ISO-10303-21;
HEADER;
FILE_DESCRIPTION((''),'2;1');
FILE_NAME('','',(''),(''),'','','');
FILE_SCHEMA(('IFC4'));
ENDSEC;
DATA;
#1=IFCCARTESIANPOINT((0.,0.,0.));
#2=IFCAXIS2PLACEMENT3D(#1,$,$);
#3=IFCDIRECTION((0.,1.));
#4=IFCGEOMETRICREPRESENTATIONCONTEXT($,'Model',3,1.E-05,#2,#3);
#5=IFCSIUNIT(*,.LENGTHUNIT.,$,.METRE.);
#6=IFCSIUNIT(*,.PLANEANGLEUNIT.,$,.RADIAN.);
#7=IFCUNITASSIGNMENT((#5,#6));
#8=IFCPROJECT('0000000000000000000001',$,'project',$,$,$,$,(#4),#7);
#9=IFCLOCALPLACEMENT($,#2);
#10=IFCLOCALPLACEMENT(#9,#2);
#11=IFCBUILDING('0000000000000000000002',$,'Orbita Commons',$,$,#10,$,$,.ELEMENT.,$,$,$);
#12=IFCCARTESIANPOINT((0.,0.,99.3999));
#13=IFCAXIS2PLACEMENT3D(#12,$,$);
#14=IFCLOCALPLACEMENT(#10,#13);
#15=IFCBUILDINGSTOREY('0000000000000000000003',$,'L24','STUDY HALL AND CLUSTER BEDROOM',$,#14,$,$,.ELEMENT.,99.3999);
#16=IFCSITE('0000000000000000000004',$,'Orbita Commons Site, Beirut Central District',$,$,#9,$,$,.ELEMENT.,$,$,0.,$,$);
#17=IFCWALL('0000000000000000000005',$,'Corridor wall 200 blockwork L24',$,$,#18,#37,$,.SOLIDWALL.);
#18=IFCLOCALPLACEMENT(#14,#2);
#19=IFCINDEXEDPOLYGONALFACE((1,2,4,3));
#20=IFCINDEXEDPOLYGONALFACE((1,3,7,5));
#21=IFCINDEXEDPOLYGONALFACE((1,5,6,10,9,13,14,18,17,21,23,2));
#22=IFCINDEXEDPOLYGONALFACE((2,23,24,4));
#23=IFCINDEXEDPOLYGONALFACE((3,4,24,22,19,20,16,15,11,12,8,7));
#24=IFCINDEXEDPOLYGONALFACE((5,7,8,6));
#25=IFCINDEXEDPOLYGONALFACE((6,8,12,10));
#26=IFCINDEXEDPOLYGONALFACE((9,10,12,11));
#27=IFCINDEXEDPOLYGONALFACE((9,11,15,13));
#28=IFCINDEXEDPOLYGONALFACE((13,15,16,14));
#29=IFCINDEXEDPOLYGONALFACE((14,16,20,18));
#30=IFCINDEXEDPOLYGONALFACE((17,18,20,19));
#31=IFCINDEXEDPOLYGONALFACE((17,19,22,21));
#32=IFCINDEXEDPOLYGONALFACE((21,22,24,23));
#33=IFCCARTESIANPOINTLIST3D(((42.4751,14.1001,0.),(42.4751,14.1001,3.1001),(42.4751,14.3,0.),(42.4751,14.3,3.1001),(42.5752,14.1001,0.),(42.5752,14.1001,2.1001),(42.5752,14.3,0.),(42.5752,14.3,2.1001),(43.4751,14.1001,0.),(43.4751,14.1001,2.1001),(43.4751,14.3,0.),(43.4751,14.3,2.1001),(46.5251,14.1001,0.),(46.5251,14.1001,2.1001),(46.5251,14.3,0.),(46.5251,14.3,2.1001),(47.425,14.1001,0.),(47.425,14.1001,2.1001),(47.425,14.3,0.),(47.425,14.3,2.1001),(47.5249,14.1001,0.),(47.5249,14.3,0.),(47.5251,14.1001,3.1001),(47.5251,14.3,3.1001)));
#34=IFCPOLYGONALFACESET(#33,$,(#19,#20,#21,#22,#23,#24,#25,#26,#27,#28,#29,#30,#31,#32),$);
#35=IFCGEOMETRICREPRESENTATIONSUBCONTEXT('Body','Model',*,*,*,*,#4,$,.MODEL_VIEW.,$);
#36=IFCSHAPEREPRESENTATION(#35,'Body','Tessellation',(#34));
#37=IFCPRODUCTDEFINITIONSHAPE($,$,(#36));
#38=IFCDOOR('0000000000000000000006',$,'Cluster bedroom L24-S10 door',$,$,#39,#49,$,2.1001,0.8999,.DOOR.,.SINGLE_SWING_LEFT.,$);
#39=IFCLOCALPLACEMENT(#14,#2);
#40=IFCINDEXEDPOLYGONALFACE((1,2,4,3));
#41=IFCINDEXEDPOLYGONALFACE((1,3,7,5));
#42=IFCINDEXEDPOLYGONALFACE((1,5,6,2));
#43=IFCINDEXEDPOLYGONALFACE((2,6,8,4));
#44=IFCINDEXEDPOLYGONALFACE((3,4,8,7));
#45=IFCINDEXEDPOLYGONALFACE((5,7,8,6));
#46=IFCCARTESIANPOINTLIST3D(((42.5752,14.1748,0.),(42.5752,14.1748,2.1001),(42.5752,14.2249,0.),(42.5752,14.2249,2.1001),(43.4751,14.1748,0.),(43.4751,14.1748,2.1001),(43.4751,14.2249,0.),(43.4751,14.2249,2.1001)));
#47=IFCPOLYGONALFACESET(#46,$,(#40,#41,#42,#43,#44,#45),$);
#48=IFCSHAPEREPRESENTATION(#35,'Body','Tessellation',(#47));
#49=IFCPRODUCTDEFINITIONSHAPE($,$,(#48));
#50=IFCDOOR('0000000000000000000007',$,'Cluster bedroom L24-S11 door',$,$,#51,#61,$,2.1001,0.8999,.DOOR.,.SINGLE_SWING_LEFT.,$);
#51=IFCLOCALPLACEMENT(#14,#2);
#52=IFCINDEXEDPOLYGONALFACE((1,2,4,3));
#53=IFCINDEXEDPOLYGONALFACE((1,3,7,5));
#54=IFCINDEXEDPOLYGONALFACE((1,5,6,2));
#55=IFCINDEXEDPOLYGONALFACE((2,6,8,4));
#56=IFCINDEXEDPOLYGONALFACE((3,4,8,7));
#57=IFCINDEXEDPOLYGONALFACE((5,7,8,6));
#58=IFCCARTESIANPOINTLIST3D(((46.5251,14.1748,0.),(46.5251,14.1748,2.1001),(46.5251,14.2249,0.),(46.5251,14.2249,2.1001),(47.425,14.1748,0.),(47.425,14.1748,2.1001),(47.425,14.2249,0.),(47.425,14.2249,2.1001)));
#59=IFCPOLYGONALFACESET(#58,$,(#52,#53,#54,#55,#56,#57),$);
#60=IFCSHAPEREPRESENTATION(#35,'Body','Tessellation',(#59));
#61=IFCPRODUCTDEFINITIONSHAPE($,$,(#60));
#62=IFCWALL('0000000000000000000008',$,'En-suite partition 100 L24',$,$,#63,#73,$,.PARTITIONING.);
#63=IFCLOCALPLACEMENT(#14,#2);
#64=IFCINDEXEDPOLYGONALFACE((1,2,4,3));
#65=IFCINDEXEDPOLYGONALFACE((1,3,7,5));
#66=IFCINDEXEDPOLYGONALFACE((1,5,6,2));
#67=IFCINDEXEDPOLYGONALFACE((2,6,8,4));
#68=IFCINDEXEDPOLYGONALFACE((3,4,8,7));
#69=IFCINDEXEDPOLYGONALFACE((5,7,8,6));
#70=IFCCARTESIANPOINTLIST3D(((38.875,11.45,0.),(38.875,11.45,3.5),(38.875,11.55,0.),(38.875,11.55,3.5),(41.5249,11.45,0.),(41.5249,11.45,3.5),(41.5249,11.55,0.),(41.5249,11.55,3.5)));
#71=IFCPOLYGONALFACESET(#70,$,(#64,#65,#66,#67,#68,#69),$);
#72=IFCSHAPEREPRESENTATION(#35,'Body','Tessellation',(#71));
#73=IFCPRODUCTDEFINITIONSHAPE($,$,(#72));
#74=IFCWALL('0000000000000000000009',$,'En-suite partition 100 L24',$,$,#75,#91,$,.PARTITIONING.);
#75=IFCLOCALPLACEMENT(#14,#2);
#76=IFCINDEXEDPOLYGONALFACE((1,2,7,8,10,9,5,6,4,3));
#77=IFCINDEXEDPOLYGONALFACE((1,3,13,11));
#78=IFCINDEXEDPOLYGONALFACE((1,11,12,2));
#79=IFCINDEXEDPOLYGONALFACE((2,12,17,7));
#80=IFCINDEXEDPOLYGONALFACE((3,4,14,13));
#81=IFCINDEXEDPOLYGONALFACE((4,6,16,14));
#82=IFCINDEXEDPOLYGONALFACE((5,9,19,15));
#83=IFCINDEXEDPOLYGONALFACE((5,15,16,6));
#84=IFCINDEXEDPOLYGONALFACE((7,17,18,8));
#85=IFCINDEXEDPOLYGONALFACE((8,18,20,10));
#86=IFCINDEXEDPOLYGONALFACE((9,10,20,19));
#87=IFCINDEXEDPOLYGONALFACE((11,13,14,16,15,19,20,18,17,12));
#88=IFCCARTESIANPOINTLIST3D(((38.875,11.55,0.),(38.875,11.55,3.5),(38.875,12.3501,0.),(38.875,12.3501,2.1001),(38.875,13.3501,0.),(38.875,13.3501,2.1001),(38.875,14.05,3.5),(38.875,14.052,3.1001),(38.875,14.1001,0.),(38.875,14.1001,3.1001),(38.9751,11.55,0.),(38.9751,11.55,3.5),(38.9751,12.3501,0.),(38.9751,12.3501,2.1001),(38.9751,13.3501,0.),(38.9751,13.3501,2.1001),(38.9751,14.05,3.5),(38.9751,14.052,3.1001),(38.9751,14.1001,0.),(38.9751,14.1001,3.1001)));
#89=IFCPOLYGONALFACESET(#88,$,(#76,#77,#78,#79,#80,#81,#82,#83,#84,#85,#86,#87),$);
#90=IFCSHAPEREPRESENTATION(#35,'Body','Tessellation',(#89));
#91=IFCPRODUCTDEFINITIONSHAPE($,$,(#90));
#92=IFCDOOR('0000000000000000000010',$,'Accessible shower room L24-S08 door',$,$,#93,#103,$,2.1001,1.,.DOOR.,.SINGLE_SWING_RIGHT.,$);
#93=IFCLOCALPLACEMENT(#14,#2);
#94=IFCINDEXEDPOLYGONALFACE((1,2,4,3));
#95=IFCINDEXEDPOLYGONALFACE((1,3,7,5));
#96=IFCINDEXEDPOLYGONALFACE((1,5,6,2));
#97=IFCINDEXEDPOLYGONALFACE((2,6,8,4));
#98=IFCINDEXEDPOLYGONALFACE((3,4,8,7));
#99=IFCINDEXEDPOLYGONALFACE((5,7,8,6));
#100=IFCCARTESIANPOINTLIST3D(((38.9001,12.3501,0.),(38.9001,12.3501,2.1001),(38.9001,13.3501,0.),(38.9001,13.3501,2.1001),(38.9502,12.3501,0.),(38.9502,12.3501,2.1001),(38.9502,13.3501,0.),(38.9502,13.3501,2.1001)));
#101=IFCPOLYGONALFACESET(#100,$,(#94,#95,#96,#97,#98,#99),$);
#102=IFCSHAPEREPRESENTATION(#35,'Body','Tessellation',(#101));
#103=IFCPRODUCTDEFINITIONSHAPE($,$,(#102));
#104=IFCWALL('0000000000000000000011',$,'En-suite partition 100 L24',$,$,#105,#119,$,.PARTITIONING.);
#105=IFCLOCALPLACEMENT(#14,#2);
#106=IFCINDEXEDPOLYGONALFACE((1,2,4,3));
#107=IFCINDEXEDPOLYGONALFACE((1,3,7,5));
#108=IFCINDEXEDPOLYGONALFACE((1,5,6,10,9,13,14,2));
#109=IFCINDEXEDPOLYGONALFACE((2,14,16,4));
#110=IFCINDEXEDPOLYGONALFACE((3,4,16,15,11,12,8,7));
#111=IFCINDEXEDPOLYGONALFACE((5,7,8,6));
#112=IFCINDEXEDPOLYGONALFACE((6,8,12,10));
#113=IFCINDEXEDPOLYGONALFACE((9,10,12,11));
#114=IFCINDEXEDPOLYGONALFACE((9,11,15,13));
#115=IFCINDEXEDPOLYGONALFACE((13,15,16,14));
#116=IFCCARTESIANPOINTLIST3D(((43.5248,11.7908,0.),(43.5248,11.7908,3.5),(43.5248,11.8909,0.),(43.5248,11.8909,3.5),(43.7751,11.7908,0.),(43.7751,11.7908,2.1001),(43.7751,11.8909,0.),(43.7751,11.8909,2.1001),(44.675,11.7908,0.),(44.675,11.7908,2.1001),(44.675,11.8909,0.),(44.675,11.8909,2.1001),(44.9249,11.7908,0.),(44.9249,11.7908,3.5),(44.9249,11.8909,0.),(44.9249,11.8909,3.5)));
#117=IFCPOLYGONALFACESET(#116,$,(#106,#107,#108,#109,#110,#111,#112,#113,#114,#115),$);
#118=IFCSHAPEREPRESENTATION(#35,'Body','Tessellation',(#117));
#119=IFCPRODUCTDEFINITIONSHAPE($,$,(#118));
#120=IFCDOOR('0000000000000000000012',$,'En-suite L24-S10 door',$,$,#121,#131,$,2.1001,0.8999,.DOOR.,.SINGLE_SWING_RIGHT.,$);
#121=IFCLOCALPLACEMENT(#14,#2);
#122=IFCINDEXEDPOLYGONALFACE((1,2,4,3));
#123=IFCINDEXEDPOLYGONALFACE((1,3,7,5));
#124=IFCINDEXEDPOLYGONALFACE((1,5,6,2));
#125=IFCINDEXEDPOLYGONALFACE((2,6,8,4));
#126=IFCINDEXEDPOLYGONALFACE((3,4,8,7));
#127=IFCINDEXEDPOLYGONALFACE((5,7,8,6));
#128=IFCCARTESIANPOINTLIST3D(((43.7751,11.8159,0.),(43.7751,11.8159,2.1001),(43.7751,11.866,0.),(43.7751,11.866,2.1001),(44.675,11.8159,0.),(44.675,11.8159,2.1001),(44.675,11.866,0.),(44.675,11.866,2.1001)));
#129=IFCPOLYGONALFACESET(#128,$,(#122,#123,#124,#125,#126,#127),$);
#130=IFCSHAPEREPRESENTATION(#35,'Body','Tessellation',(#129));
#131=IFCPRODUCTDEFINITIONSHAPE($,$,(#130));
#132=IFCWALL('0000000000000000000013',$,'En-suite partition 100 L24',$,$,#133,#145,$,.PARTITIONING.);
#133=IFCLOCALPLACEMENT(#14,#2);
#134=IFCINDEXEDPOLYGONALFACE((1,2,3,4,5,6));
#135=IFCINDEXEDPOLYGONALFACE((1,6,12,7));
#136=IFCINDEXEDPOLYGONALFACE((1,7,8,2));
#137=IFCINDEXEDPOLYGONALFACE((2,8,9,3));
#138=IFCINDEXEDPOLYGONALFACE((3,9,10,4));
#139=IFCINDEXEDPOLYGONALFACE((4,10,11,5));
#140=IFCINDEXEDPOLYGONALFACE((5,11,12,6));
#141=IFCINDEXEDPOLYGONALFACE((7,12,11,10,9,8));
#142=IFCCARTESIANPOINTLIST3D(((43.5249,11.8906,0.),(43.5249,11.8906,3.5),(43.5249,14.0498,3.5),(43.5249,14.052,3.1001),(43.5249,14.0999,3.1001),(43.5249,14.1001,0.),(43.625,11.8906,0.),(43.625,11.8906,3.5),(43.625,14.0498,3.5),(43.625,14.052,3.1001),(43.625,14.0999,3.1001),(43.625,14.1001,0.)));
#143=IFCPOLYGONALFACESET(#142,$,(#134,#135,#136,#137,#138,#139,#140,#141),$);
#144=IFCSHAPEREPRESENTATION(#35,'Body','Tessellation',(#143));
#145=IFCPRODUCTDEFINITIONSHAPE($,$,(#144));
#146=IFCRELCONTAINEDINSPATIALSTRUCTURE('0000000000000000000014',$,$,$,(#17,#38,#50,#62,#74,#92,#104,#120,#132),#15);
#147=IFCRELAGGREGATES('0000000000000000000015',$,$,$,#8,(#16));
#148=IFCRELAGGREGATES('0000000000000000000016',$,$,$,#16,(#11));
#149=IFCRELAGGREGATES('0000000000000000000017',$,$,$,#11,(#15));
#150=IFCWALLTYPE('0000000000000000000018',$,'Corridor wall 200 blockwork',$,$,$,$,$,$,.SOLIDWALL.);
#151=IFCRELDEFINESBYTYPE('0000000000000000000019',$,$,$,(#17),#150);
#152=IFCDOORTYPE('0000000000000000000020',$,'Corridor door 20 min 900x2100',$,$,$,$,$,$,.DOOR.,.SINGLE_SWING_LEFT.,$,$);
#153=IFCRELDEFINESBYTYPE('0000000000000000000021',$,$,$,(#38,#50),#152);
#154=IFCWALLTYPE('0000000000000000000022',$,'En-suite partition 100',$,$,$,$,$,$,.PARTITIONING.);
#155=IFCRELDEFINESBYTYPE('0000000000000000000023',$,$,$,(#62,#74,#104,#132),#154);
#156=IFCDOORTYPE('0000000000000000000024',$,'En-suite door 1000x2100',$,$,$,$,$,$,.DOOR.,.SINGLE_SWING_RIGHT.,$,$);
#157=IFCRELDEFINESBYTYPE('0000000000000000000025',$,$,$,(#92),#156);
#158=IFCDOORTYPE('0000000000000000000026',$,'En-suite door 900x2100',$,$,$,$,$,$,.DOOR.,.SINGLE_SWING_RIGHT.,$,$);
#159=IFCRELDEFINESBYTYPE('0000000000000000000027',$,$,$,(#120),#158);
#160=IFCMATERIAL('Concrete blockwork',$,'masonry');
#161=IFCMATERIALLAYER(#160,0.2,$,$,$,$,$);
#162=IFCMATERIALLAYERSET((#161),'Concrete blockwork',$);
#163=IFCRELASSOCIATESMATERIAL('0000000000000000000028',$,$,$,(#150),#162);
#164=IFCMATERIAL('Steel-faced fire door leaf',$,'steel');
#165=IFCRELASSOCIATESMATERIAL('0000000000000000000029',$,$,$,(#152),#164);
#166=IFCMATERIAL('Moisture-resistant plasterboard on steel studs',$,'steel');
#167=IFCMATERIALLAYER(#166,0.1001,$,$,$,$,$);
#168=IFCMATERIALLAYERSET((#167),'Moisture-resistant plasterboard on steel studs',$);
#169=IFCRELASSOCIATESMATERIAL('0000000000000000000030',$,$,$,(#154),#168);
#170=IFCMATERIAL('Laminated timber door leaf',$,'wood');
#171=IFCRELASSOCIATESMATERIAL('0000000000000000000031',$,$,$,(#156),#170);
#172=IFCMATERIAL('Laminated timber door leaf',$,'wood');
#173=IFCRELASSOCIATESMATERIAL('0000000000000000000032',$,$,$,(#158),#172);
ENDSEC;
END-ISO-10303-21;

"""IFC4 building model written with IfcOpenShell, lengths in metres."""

from ifc_helpers import new_model, si_unit, direction, frame, frame_2d, origin, place, context, subcontext, project, spatial, polyline, rectangle, outline, extrude, material, layer, layer_set, type_object, element, fill, save


model = new_model("IFC4")

# Units and contexts
model_context = context("Model", 3, precision=1e-05, world=origin(), true_north=direction((0.0, 1.0)))
body_context = subcontext(model_context, "Body", "Model", "MODEL_VIEW")
ifc_project = project(units=[si_unit("LENGTHUNIT", "METRE"), si_unit("PLANEANGLEUNIT", "RADIAN")], contexts=[model_context])

# Site, building, storey
site_placement = place(None, origin())
site = spatial("IfcSite", under=ifc_project, at=site_placement, Name="Orbita Commons Site, Beirut Central District", CompositionType="ELEMENT", RefElevation=0.0)
building_placement = place(site_placement, origin())
building = spatial("IfcBuilding", under=site, at=building_placement, Name="Orbita Commons", CompositionType="ELEMENT")
storey_placement = place(building_placement, frame((0.0, 0.0, 99.3999)))
storey = spatial("IfcBuildingStorey", under=building, at=storey_placement, Name="L24", Description="STUDY HALL AND CLUSTER BEDROOM", CompositionType="ELEMENT", Elevation=99.3999)

# Wall, openings, doors
ifc_material_1 = material(Name="Concrete blockwork", Category="masonry")
ifc_layer_1 = layer(ifc_material_1, 0.2)
ifc_layer_set_1 = layer_set([ifc_layer_1], Name="Concrete blockwork")
wall_type_1 = type_object("IfcWallType", Name="Corridor wall 200 blockwork", PredefinedType="SOLIDWALL", material=ifc_layer_set_1)
wall_1_placement = place(storey_placement, frame((42.4751, 14.2, 0.0), z_axis=(0.0, 0.0, 1.0), x_axis=(1.0, 0.0, 0.0)))
wall_1 = element("IfcWall", 1, at=wall_1_placement, inside=storey, type_object=wall_type_1, Name="Corridor wall 200 blockwork L24", PredefinedType="SOLIDWALL", context=body_context, shape_type="SweptSolid", body=[
    extrude(outline(polyline([(0.0, 0.0), (5.0498, 0.0), (5.05, 3.1001), (0.0, 3.1001), (0.0, 0.0)])), frame((0.0, 0.1001, 0.0), z_axis=(0.0, -1.0, 0.0), x_axis=(1.0, 0.0, 0.0)), (0.0, 0.0, 1.0), 0.2),
])
opening_1_placement = place(wall_1_placement, frame((0.1001, 0.0, 0.0)))
opening_1 = element("IfcOpeningElement", 2, at=opening_1_placement, cuts=wall_1, PredefinedType="OPENING", context=body_context, shape_type="SweptSolid", body=[
    extrude(rectangle(XDim=0.8999, YDim=2.1001, at=frame_2d((0.45, 1.05))), frame((0.0, 0.1099, 0.0), z_axis=(0.0, -1.0, 0.0), x_axis=(1.0, 0.0, 0.0)), (0.0, 0.0, 1.0), 0.22),
])
opening_2_placement = place(wall_1_placement, frame((4.05, 0.0, 0.0)))
opening_2 = element("IfcOpeningElement", 3, at=opening_2_placement, cuts=wall_1, PredefinedType="OPENING", context=body_context, shape_type="SweptSolid", body=[
    extrude(rectangle(XDim=0.8999, YDim=2.1001, at=frame_2d((0.45, 1.05))), frame((0.0, 0.1099, 0.0), z_axis=(0.0, -1.0, 0.0), x_axis=(1.0, 0.0, 0.0)), (0.0, 0.0, 1.0), 0.22),
])
ifc_material_2 = material(Name="Steel-faced fire door leaf", Category="steel")
door_type_1 = type_object("IfcDoorType", Name="Corridor door 20 min 900x2100", OperationType="SINGLE_SWING_LEFT", PredefinedType="DOOR", material=ifc_material_2)
door_1_placement = place(opening_1_placement, origin())
door_1 = element("IfcDoor", 4, at=door_1_placement, inside=storey, type_object=door_type_1, Name="Cluster bedroom L24-S10 door", OperationType="SINGLE_SWING_LEFT", OverallHeight=2.1001, OverallWidth=0.8999, PredefinedType="DOOR", context=body_context, shape_type="SweptSolid", body=[
    extrude(rectangle(XDim=0.8999, YDim=2.1001, at=frame_2d((0.45, 1.05))), frame((0.0, 0.0249, 0.0), z_axis=(0.0, -1.0, 0.0), x_axis=(1.0, 0.0, 0.0)), (0.0, 0.0, 1.0), 0.05),
])
fill(opening_1, door_1)
door_2_placement = place(opening_2_placement, origin())
door_2 = element("IfcDoor", 5, at=door_2_placement, inside=storey, type_object=door_type_1, Name="Cluster bedroom L24-S11 door", OperationType="SINGLE_SWING_LEFT", OverallHeight=2.1001, OverallWidth=0.8999, PredefinedType="DOOR", context=body_context, shape_type="SweptSolid", body=[
    extrude(rectangle(XDim=0.8999, YDim=2.1001, at=frame_2d((0.45, 1.05))), frame((0.0, 0.0249, 0.0), z_axis=(0.0, -1.0, 0.0), x_axis=(1.0, 0.0, 0.0)), (0.0, 0.0, 1.0), 0.05),
])
fill(opening_2, door_2)

# Wall
ifc_material_3 = material(Name="Moisture-resistant plasterboard on steel studs", Category="steel")
ifc_layer_2 = layer(ifc_material_3, 0.1001)
ifc_layer_set_2 = layer_set([ifc_layer_2], Name="Moisture-resistant plasterboard on steel studs")
wall_type_2 = type_object("IfcWallType", Name="En-suite partition 100", PredefinedType="PARTITIONING", material=ifc_layer_set_2)
wall_2_placement = place(storey_placement, frame((38.875, 11.5, 0.0), z_axis=(0.0, 0.0, 1.0), x_axis=(1.0, 0.0, 0.0)))
element("IfcWall", 6, at=wall_2_placement, inside=storey, type_object=wall_type_2, Name="En-suite partition 100 L24", PredefinedType="PARTITIONING", context=body_context, shape_type="SweptSolid", body=[
    extrude(rectangle(XDim=2.6499, YDim=0.1001, at=frame_2d((1.325, 0.0))), origin(), (0.0, 0.0, 1.0), 3.5),
])

# Walls, openings, doors
wall_3_placement = place(storey_placement, frame((38.925, 11.55, 0.0), z_axis=(0.0, 0.0, 1.0), x_axis=(0.0, 1.0, 0.0)))
wall_3 = element("IfcWall", 7, at=wall_3_placement, inside=storey, type_object=wall_type_2, Name="En-suite partition 100 L24", PredefinedType="PARTITIONING", context=body_context, shape_type="SweptSolid", body=[
    extrude(outline(polyline([(0.0, 0.0), (2.55, 0.0), (2.55, 3.1001), (2.502, 3.1001), (2.5, 3.5), (0.0, 3.5), (0.0, 0.0)])), frame((0.0, 0.05, 0.0), z_axis=(0.0, -1.0, 0.0), x_axis=(1.0, 0.0, 0.0)), (0.0, 0.0, 1.0), 0.1001),
])
opening_3_placement = place(wall_3_placement, frame((0.8, 0.0, 0.0)))
opening_3 = element("IfcOpeningElement", 8, at=opening_3_placement, cuts=wall_3, PredefinedType="OPENING", context=body_context, shape_type="SweptSolid", body=[
    extrude(rectangle(XDim=1.0, YDim=2.1001, at=frame_2d((0.5, 1.05))), frame((0.0, 0.0601, 0.0), z_axis=(0.0, -1.0, 0.0), x_axis=(1.0, 0.0, 0.0)), (0.0, 0.0, 1.0), 0.1201),
])
ifc_material_4 = material(Name="Laminated timber door leaf", Category="wood")
door_type_2 = type_object("IfcDoorType", Name="En-suite door 1000x2100", OperationType="SINGLE_SWING_RIGHT", PredefinedType="DOOR", material=ifc_material_4)
door_3_placement = place(opening_3_placement, origin())
door_3 = element("IfcDoor", 9, at=door_3_placement, inside=storey, type_object=door_type_2, Name="Accessible shower room L24-S08 door", OperationType="SINGLE_SWING_RIGHT", OverallHeight=2.1001, OverallWidth=1.0, PredefinedType="DOOR", context=body_context, shape_type="SweptSolid", body=[
    extrude(rectangle(XDim=1.0, YDim=2.1001, at=frame_2d((0.5, 1.05))), frame((0.0, 0.0249, 0.0), z_axis=(0.0, -1.0, 0.0), x_axis=(1.0, 0.0, 0.0)), (0.0, 0.0, 1.0), 0.05),
])
fill(opening_3, door_3)
wall_4_placement = place(storey_placement, frame((44.925, 11.8408, 0.0), z_axis=(0.0, 0.0, 1.0), x_axis=(-1.0, 0.0, 0.0)))
wall_4 = element("IfcWall", 10, at=wall_4_placement, inside=storey, type_object=wall_type_2, Name="En-suite partition 100 L24", PredefinedType="PARTITIONING", context=body_context, shape_type="SweptSolid", body=[
    extrude(rectangle(XDim=1.4001, YDim=0.1001, at=frame_2d((0.7002, 0.0))), origin(), (0.0, 0.0, 1.0), 3.5),
])
opening_4_placement = place(wall_4_placement, frame((0.25, 0.0, 0.0)))
opening_4 = element("IfcOpeningElement", 11, at=opening_4_placement, cuts=wall_4, PredefinedType="OPENING", context=body_context, shape_type="SweptSolid", body=[
    extrude(rectangle(XDim=0.8999, YDim=2.1001, at=frame_2d((0.45, 1.05))), frame((0.0, 0.0601, 0.0), z_axis=(0.0, -1.0, 0.0), x_axis=(1.0, 0.0, 0.0)), (0.0, 0.0, 1.0), 0.1201),
])
ifc_material_5 = material(Name="Laminated timber door leaf", Category="wood")
door_type_3 = type_object("IfcDoorType", Name="En-suite door 900x2100", OperationType="SINGLE_SWING_RIGHT", PredefinedType="DOOR", material=ifc_material_5)
door_4_placement = place(opening_4_placement, origin())
door_4 = element("IfcDoor", 12, at=door_4_placement, inside=storey, type_object=door_type_3, Name="En-suite L24-S10 door", OperationType="SINGLE_SWING_RIGHT", OverallHeight=2.1001, OverallWidth=0.8999, PredefinedType="DOOR", context=body_context, shape_type="SweptSolid", body=[
    extrude(rectangle(XDim=0.8999, YDim=2.1001, at=frame_2d((0.45, 1.05))), frame((0.0, 0.0249, 0.0), z_axis=(0.0, -1.0, 0.0), x_axis=(1.0, 0.0, 0.0)), (0.0, 0.0, 1.0), 0.05),
])
fill(opening_4, door_4)

# Wall
wall_5_placement = place(storey_placement, frame((43.575, 11.8906, 0.0), z_axis=(0.0, 0.0, 1.0), x_axis=(0.0, 1.0, 0.0)))
element("IfcWall", 13, at=wall_5_placement, inside=storey, type_object=wall_type_2, Name="En-suite partition 100 L24", PredefinedType="PARTITIONING", context=body_context, shape_type="SweptSolid", body=[
    extrude(outline(polyline([(0.0, 0.0), (2.2095, 0.0), (2.2092, 3.1001), (2.1614, 3.1001), (2.1592, 3.5), (0.0, 3.5), (0.0, 0.0)])), frame((0.0, 0.05, 0.0), z_axis=(0.0, -1.0, 0.0), x_axis=(1.0, 0.0, 0.0)), (0.0, 0.0, 1.0), 0.1001),
])

save(model, "model.ifc")
